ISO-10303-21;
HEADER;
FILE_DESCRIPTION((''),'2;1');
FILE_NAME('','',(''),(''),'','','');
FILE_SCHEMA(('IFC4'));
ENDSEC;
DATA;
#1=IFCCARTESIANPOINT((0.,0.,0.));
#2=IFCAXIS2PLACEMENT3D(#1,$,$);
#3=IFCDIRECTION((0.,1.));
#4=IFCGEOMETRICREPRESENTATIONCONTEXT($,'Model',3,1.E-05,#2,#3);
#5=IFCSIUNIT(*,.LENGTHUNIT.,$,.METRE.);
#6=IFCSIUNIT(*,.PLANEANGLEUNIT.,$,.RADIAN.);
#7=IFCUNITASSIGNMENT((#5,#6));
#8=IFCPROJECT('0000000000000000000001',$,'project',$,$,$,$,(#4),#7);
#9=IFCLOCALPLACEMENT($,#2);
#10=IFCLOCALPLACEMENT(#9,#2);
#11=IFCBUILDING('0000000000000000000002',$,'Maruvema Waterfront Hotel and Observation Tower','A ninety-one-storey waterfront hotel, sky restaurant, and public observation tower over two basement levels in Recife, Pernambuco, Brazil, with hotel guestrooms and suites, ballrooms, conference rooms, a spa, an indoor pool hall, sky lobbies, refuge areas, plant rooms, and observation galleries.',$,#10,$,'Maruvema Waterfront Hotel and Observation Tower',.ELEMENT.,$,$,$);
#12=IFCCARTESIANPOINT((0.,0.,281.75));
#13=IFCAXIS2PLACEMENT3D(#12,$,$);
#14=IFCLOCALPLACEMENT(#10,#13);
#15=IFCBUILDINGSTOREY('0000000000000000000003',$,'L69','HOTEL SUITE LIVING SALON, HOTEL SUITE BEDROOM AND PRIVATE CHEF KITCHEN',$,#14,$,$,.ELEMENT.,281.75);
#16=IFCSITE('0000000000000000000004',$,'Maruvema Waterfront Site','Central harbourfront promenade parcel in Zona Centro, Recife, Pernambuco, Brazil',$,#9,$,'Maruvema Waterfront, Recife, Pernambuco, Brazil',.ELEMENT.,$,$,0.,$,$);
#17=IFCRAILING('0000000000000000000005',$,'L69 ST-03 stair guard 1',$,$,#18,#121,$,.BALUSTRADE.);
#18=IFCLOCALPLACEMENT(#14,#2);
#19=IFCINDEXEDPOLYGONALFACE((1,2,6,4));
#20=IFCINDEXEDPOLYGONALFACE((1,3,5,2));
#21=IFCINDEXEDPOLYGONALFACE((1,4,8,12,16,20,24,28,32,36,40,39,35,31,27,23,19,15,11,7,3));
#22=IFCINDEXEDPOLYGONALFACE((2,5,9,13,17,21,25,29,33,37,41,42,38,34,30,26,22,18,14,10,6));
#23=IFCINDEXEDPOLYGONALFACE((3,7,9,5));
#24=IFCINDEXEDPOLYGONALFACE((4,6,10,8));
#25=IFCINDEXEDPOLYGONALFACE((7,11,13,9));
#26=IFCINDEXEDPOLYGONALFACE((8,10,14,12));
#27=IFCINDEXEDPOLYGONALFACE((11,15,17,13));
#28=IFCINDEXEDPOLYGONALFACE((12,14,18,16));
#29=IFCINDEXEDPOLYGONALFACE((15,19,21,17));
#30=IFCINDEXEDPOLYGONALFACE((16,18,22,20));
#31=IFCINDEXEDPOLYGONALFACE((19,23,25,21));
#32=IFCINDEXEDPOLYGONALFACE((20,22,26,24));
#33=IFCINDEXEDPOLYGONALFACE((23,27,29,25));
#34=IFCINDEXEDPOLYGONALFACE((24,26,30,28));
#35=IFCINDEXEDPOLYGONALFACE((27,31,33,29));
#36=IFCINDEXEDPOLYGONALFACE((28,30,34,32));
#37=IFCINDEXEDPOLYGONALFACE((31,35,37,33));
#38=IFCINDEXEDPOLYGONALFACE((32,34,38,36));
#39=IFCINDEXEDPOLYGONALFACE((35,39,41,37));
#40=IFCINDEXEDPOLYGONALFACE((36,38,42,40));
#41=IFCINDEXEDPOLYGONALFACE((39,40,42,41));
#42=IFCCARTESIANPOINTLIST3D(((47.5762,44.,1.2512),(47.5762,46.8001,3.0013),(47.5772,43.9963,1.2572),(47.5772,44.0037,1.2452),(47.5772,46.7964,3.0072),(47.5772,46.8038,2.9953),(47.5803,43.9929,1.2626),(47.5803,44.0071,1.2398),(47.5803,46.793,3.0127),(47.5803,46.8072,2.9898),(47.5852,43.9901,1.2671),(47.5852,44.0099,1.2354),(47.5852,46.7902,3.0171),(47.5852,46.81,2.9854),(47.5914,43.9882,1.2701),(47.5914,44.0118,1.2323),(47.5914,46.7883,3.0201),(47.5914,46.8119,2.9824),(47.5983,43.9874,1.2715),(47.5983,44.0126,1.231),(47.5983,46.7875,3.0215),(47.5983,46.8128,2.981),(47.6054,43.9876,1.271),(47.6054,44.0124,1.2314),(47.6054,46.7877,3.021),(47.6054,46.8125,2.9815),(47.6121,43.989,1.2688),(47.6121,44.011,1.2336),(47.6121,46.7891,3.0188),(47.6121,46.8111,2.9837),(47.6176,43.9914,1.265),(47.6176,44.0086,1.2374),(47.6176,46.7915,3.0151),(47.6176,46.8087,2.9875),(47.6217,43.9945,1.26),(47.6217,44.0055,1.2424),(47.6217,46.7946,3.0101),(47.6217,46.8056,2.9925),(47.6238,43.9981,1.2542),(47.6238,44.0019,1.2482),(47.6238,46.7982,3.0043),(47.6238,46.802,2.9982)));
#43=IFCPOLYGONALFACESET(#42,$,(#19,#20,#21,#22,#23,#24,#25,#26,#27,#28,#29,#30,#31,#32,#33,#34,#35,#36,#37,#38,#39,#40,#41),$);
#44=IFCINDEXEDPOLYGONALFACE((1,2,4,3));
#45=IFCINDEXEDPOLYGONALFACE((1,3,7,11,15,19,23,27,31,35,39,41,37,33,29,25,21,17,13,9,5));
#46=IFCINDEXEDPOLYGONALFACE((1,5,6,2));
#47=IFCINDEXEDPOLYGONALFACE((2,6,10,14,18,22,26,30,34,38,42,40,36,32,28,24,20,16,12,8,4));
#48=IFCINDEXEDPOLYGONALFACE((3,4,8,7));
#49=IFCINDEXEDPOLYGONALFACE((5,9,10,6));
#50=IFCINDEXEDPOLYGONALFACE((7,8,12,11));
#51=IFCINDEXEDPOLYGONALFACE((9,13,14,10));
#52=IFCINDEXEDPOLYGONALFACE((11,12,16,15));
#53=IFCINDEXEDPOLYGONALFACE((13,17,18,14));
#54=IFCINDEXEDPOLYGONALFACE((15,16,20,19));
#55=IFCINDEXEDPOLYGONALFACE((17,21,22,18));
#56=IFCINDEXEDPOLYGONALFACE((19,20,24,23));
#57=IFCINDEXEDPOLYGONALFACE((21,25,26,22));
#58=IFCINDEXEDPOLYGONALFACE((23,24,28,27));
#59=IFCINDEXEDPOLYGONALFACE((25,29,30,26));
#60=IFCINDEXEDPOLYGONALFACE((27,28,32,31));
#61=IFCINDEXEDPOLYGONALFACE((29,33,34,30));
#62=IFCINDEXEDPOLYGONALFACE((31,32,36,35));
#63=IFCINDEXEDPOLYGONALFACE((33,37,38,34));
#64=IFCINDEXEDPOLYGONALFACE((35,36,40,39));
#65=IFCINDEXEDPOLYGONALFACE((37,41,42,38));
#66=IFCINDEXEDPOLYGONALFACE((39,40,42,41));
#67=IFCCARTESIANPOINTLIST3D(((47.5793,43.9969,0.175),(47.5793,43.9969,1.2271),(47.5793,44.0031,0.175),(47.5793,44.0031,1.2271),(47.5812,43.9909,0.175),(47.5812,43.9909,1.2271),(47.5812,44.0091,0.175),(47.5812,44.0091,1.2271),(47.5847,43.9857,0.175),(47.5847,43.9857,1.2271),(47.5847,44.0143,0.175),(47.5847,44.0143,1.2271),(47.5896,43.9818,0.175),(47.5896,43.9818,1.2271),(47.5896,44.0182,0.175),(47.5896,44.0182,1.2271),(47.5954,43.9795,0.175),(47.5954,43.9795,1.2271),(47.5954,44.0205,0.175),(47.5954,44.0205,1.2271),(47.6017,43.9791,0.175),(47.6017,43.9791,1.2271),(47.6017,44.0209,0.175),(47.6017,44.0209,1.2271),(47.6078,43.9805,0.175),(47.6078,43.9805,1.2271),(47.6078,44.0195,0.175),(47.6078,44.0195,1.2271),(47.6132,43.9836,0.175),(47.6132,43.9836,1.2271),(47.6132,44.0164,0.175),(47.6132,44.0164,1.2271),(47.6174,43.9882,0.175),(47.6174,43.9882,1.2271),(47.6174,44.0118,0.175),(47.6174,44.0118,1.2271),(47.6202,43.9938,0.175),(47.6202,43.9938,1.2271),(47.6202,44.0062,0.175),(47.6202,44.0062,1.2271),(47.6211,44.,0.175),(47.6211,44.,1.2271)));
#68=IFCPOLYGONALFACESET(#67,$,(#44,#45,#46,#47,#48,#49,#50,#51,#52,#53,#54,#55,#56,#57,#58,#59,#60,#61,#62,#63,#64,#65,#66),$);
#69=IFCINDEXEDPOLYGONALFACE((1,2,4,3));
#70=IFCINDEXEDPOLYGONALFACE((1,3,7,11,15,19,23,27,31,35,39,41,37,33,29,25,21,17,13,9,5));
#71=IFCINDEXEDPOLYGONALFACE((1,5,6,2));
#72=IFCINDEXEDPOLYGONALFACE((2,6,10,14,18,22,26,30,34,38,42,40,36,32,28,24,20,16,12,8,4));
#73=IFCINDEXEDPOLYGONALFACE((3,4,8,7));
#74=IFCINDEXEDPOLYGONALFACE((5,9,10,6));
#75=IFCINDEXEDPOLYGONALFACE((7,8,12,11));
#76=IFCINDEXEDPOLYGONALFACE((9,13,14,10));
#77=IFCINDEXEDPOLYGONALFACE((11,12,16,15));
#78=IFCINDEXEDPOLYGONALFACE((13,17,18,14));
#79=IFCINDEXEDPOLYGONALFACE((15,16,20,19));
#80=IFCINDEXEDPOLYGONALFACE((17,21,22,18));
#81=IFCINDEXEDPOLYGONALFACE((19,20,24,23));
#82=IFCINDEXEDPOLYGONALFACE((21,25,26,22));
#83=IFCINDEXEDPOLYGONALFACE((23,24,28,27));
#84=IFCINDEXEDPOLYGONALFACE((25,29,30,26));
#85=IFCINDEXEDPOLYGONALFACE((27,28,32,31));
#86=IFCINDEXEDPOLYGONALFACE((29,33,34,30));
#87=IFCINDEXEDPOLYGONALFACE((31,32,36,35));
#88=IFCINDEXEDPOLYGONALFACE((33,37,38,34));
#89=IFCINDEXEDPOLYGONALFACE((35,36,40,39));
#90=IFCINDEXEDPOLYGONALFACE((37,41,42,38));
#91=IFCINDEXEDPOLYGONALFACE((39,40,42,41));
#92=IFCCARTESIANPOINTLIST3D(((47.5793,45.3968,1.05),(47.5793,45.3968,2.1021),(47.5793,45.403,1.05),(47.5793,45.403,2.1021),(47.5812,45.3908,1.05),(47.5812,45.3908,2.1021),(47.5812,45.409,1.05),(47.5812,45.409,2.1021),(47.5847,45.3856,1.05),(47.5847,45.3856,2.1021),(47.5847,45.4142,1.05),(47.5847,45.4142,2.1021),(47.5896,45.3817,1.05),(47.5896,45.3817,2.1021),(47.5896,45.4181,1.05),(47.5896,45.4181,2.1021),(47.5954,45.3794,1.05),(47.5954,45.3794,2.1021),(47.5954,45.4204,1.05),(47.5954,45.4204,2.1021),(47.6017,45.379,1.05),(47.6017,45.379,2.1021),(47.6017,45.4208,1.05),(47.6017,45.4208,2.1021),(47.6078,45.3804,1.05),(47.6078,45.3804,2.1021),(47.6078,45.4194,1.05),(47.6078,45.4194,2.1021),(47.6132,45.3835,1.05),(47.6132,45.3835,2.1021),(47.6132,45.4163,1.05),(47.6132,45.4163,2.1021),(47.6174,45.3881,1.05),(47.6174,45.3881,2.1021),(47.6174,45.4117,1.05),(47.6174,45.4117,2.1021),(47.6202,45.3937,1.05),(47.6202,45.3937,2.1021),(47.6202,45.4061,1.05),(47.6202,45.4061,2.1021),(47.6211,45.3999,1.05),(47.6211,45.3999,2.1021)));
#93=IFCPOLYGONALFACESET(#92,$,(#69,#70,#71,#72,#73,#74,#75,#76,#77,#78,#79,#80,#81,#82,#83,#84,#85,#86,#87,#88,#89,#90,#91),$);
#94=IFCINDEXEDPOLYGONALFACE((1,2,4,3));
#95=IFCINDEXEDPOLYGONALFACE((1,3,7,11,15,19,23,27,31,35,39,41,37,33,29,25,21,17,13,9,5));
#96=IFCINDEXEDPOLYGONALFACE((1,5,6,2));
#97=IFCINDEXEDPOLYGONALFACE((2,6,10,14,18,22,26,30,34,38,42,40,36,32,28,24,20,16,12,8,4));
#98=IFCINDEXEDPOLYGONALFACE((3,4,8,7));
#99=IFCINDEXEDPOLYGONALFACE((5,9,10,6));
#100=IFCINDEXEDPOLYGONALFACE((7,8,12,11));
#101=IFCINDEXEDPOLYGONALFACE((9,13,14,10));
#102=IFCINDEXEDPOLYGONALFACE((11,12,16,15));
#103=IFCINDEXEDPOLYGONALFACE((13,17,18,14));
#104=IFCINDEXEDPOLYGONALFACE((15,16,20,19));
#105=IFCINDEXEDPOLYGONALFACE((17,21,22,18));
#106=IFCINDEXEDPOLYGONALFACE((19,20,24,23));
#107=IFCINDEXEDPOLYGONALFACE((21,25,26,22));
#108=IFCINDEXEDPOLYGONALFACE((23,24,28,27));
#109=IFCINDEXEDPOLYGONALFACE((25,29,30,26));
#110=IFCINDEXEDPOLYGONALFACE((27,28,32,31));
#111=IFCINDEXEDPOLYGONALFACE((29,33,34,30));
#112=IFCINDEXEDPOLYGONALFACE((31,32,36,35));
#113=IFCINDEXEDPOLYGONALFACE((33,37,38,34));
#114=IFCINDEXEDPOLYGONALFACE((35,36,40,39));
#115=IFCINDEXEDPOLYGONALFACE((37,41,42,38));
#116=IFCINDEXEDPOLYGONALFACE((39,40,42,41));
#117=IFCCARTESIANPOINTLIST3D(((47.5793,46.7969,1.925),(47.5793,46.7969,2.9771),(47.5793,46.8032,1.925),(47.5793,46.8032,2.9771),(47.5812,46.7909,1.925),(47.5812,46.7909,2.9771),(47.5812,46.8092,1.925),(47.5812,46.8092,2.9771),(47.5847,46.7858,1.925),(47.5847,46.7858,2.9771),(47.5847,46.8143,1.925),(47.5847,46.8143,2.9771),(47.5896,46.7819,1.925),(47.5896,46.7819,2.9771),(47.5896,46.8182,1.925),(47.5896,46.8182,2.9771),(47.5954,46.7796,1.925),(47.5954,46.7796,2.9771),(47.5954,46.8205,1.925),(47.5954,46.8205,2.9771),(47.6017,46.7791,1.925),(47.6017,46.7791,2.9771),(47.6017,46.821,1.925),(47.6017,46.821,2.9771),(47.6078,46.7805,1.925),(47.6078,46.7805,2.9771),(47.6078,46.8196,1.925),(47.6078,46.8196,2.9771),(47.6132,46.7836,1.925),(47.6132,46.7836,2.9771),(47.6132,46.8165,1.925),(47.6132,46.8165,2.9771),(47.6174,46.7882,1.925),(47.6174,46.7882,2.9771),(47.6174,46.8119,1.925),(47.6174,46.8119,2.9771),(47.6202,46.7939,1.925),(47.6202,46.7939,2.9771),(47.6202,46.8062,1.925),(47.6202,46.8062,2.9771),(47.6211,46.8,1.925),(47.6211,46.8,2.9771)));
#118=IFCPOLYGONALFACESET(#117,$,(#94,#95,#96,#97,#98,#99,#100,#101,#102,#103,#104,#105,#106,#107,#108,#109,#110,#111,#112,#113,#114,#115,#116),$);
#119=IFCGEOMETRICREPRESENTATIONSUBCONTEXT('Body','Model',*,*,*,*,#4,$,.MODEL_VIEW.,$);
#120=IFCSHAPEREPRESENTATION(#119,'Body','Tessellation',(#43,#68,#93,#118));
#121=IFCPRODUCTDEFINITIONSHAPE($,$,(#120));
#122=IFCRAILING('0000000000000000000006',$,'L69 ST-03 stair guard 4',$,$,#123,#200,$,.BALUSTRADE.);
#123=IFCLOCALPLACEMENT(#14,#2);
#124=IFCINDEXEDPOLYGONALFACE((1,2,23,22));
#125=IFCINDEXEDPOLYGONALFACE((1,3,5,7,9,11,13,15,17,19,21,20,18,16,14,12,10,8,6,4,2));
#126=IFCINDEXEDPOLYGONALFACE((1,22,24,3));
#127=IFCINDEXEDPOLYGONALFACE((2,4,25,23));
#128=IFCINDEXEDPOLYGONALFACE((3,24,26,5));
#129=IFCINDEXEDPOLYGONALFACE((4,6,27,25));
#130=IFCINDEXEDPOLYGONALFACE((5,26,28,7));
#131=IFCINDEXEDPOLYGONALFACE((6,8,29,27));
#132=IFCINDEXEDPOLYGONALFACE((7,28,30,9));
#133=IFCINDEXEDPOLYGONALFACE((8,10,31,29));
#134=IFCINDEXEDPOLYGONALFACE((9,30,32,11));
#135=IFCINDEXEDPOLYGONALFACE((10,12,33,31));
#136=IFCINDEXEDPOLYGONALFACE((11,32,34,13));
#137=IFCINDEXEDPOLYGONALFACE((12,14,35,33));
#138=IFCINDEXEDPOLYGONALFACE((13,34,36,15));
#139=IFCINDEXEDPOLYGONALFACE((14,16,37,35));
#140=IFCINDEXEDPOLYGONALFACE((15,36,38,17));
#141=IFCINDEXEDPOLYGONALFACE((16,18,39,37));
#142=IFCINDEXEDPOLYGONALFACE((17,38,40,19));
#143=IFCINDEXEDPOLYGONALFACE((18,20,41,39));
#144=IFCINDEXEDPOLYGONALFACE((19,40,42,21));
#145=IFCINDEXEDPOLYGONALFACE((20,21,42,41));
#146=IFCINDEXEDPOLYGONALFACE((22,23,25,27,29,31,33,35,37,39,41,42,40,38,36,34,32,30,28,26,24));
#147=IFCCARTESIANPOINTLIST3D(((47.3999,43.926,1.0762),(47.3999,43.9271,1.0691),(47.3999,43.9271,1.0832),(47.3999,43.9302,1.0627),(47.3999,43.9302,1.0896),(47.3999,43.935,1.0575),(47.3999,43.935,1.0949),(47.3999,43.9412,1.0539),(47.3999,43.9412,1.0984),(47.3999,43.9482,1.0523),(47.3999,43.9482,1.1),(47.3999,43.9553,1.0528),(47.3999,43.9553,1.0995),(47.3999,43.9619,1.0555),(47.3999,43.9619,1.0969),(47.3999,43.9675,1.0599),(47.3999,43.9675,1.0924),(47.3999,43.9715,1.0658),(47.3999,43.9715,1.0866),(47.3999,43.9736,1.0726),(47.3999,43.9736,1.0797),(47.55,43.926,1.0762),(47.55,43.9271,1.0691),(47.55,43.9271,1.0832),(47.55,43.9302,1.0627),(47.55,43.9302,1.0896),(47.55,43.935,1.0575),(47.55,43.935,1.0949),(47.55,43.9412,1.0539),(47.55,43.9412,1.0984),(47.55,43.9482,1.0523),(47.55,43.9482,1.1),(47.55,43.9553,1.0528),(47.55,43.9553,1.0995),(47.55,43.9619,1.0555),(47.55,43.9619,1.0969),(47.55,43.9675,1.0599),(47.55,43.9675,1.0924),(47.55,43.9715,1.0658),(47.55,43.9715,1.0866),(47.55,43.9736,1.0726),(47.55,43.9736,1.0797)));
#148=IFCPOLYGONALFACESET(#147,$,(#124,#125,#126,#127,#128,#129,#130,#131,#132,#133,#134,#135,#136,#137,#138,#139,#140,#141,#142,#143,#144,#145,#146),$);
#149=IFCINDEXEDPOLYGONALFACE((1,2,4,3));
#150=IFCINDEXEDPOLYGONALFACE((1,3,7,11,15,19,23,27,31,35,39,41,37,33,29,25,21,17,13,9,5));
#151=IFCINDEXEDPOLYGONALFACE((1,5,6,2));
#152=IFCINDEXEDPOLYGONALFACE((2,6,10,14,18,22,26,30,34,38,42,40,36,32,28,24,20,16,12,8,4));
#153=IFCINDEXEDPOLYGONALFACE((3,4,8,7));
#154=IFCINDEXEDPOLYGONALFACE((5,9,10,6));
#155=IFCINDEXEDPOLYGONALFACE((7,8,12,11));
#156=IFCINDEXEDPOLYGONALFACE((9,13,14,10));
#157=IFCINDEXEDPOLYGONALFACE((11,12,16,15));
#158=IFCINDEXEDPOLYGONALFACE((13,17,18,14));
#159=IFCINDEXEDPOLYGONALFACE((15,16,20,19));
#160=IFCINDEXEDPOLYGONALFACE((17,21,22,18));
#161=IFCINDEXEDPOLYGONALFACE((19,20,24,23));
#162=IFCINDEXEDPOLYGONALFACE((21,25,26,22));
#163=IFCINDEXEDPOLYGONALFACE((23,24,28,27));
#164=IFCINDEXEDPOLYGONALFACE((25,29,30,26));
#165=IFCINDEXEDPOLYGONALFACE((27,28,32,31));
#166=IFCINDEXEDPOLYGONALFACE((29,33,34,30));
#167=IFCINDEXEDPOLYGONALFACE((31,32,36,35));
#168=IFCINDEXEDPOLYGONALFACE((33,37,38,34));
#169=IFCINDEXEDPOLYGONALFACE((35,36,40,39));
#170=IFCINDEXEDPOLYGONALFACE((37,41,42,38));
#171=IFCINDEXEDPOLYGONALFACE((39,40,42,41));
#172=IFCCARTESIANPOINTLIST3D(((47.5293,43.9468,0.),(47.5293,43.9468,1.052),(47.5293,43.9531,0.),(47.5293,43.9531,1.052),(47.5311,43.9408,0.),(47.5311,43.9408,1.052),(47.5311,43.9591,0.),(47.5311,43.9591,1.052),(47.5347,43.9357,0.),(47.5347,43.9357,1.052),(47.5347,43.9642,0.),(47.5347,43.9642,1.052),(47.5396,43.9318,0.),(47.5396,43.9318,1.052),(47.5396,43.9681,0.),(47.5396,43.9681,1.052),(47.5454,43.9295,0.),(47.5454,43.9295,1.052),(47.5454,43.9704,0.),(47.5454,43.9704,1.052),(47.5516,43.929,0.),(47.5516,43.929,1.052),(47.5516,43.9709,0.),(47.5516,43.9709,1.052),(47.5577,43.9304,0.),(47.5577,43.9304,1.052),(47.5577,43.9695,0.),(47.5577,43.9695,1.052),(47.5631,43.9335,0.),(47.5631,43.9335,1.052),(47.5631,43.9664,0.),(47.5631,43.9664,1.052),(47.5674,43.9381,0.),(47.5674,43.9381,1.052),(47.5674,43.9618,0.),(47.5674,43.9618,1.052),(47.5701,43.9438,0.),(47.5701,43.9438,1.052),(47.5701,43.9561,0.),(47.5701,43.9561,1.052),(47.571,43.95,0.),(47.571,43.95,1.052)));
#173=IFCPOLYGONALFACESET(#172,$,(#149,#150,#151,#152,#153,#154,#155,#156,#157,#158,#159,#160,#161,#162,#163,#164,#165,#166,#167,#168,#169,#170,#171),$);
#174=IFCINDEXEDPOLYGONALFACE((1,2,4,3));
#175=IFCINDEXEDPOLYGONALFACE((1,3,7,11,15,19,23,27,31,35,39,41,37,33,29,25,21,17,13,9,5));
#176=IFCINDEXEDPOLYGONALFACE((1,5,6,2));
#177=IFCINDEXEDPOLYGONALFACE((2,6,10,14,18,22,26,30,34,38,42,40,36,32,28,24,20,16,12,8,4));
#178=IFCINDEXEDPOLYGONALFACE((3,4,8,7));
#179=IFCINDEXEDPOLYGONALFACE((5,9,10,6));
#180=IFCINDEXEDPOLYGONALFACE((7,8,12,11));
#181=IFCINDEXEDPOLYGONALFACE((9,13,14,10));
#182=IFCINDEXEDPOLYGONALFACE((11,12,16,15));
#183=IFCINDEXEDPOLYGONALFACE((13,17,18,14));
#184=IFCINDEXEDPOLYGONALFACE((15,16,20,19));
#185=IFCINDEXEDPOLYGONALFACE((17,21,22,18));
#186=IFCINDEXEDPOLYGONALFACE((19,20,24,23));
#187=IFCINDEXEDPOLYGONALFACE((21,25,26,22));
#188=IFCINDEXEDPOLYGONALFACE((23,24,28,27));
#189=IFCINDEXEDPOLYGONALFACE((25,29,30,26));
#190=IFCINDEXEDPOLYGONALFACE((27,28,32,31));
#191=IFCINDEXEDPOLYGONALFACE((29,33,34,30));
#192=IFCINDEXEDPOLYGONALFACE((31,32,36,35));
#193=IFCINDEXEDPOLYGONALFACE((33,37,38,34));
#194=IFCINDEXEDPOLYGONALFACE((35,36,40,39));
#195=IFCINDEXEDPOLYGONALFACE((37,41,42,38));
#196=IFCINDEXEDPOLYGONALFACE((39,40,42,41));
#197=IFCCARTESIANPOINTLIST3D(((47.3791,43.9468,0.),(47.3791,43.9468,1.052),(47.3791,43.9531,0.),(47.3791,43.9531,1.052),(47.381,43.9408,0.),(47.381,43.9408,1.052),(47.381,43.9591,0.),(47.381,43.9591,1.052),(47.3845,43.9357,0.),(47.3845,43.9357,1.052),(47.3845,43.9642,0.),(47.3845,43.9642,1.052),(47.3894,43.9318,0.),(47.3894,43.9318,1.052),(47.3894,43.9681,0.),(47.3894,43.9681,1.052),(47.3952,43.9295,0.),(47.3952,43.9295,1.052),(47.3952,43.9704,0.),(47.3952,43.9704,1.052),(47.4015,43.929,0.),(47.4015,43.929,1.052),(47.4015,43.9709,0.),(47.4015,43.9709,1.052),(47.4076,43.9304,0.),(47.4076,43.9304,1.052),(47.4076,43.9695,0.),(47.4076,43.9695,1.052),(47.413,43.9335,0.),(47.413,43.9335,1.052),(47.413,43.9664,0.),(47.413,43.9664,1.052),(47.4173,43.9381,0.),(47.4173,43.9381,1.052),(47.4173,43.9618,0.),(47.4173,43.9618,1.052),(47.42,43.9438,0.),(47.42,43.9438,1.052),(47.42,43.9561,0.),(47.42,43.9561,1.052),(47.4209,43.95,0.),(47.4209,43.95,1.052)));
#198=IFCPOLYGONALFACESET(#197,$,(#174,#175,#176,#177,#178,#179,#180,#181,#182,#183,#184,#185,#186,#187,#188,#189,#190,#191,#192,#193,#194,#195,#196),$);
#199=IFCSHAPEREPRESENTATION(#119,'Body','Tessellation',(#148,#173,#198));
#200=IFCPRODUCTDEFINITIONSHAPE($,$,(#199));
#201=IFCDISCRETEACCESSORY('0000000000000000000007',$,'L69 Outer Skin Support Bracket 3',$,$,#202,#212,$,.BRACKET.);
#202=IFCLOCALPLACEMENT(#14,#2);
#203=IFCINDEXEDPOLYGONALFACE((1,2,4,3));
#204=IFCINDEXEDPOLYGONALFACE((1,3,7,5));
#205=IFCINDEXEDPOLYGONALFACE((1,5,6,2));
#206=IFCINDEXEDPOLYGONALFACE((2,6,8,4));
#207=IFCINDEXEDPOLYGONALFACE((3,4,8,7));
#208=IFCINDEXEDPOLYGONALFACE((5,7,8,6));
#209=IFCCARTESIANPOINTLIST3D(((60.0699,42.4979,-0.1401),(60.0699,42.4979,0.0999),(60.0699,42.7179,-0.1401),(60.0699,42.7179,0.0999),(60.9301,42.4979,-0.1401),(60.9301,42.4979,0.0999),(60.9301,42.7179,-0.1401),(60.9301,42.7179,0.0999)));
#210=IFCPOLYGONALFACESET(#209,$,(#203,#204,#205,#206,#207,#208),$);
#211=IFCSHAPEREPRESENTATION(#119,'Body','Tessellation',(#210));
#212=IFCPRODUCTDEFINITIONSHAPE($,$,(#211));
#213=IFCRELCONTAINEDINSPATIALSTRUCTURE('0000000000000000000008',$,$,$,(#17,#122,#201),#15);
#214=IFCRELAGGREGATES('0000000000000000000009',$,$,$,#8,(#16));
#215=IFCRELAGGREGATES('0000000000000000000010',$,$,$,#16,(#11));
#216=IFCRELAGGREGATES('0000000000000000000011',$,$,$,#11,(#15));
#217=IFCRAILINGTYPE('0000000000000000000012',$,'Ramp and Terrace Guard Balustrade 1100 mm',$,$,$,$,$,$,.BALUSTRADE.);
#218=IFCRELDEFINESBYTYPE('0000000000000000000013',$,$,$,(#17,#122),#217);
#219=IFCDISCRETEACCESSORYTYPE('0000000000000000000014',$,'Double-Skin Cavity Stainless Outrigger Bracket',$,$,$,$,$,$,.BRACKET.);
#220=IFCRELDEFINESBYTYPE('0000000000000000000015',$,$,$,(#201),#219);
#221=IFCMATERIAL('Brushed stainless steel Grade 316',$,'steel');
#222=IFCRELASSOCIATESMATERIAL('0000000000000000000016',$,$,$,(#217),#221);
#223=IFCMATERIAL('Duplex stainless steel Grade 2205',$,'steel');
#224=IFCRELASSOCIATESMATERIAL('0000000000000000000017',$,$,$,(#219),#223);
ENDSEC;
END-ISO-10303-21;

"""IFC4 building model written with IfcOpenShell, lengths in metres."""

from ifc_helpers import new_model, si_unit, direction, frame, origin, origin_2d, place, context, subcontext, project, spatial, rectangle, circle, extrude, material, type_object, element, save


model = new_model("IFC4")

# Units and contexts
model_context = context("Model", 3, precision=1e-05, world=origin(), true_north=direction((0.0, 1.0)))
body_context = subcontext(model_context, "Body", "Model", "MODEL_VIEW")
ifc_project = project(units=[si_unit("LENGTHUNIT", "METRE"), si_unit("PLANEANGLEUNIT", "RADIAN")], contexts=[model_context])

# Site, building, storey
site_placement = place(None, origin())
site = spatial("IfcSite", under=ifc_project, at=site_placement, Name="Maruvema Waterfront Site", Description="Central harbourfront promenade parcel in Zona Centro, Recife, Pernambuco, Brazil", LongName="Maruvema Waterfront, Recife, Pernambuco, Brazil", CompositionType="ELEMENT", RefElevation=0.0)
building_placement = place(site_placement, origin())
building = spatial("IfcBuilding", under=site, at=building_placement, Name="Maruvema Waterfront Hotel and Observation Tower", Description="A ninety-one-storey waterfront hotel, sky restaurant, and public observation tower over two basement levels in Recife, Pernambuco, Brazil, with hotel guestrooms and suites, ballrooms, conference rooms, a spa, an indoor pool hall, sky lobbies, refuge areas, plant rooms, and observation galleries.", LongName="Maruvema Waterfront Hotel and Observation Tower", CompositionType="ELEMENT")
storey_placement = place(building_placement, frame((0.0, 0.0, 281.75)))
storey = spatial("IfcBuildingStorey", under=building, at=storey_placement, Name="L69", Description="HOTEL SUITE LIVING SALON, HOTEL SUITE BEDROOM AND PRIVATE CHEF KITCHEN", CompositionType="ELEMENT", Elevation=281.75)

# Railings
ifc_material_1 = material(Name="Brushed stainless steel Grade 316", Category="steel")
railing_type_1 = type_object("IfcRailingType", Name="Ramp and Terrace Guard Balustrade 1100 mm", PredefinedType="BALUSTRADE", material=ifc_material_1)
railing_1_placement = place(storey_placement, frame((47.6001, 44.0, 0.175)))
element("IfcRailing", 1, at=railing_1_placement, inside=storey, type_object=railing_type_1, Name="L69 ST-03 stair guard 1", PredefinedType="BALUSTRADE", context=body_context, shape_type="SweptSolid", body=[
    extrude(circle(Radius=0.0239, at=origin_2d()), frame((0.0, 0.0, 1.0762), z_axis=(0.0, 0.848002, 0.529992), x_axis=(-1.0, 0.0, 0.0)), (0.0, 0.0, 1.0), 3.302),
    extrude(circle(Radius=0.021, at=origin_2d()), origin(), (0.0, 0.0, 1.0), 1.052),
    extrude(circle(Radius=0.021, at=origin_2d()), frame((0.0, 1.3999, 0.875)), (0.0, 0.0, 1.0), 1.052),
    extrude(circle(Radius=0.021, at=origin_2d()), frame((0.0, 2.8, 1.75)), (0.0, 0.0, 1.0), 1.052),
])
railing_2_placement = place(storey_placement, frame((47.55, 43.95, 0.0)))
element("IfcRailing", 2, at=railing_2_placement, inside=storey, type_object=railing_type_1, Name="L69 ST-03 stair guard 4", PredefinedType="BALUSTRADE", context=body_context, shape_type="SweptSolid", body=[
    extrude(circle(Radius=0.0239, at=origin_2d()), frame((0.0, 0.0, 1.0762), z_axis=(-1.0, 0.0, 0.0), x_axis=(0.0, -1.0, 0.0)), (0.0, 0.0, 1.0), 0.1501),
    extrude(circle(Radius=0.021, at=origin_2d()), origin(), (0.0, 0.0, 1.0), 1.052),
    extrude(circle(Radius=0.021, at=origin_2d()), frame((-0.1501, 0.0, 0.0)), (0.0, 0.0, 1.0), 1.052),
])

# Discrete accessory
ifc_material_2 = material(Name="Duplex stainless steel Grade 2205", Category="steel")
discrete_accessory_type = type_object("IfcDiscreteAccessoryType", Name="Double-Skin Cavity Stainless Outrigger Bracket", PredefinedType="BRACKET", material=ifc_material_2)
discrete_accessory_placement = place(storey_placement, frame((60.5, 42.6079, -0.1401), z_axis=(0.0, 0.0, 1.0), x_axis=(0.0, 1.0, 0.0)))
element("IfcDiscreteAccessory", 3, at=discrete_accessory_placement, inside=storey, type_object=discrete_accessory_type, Name="L69 Outer Skin Support Bracket 3", PredefinedType="BRACKET", context=body_context, shape_type="SweptSolid", body=[
    extrude(rectangle(XDim=0.22, YDim=0.8601, at=origin_2d()), origin(), (0.0, 0.0, 1.0), 0.24),
])

save(model, "model.ifc")
